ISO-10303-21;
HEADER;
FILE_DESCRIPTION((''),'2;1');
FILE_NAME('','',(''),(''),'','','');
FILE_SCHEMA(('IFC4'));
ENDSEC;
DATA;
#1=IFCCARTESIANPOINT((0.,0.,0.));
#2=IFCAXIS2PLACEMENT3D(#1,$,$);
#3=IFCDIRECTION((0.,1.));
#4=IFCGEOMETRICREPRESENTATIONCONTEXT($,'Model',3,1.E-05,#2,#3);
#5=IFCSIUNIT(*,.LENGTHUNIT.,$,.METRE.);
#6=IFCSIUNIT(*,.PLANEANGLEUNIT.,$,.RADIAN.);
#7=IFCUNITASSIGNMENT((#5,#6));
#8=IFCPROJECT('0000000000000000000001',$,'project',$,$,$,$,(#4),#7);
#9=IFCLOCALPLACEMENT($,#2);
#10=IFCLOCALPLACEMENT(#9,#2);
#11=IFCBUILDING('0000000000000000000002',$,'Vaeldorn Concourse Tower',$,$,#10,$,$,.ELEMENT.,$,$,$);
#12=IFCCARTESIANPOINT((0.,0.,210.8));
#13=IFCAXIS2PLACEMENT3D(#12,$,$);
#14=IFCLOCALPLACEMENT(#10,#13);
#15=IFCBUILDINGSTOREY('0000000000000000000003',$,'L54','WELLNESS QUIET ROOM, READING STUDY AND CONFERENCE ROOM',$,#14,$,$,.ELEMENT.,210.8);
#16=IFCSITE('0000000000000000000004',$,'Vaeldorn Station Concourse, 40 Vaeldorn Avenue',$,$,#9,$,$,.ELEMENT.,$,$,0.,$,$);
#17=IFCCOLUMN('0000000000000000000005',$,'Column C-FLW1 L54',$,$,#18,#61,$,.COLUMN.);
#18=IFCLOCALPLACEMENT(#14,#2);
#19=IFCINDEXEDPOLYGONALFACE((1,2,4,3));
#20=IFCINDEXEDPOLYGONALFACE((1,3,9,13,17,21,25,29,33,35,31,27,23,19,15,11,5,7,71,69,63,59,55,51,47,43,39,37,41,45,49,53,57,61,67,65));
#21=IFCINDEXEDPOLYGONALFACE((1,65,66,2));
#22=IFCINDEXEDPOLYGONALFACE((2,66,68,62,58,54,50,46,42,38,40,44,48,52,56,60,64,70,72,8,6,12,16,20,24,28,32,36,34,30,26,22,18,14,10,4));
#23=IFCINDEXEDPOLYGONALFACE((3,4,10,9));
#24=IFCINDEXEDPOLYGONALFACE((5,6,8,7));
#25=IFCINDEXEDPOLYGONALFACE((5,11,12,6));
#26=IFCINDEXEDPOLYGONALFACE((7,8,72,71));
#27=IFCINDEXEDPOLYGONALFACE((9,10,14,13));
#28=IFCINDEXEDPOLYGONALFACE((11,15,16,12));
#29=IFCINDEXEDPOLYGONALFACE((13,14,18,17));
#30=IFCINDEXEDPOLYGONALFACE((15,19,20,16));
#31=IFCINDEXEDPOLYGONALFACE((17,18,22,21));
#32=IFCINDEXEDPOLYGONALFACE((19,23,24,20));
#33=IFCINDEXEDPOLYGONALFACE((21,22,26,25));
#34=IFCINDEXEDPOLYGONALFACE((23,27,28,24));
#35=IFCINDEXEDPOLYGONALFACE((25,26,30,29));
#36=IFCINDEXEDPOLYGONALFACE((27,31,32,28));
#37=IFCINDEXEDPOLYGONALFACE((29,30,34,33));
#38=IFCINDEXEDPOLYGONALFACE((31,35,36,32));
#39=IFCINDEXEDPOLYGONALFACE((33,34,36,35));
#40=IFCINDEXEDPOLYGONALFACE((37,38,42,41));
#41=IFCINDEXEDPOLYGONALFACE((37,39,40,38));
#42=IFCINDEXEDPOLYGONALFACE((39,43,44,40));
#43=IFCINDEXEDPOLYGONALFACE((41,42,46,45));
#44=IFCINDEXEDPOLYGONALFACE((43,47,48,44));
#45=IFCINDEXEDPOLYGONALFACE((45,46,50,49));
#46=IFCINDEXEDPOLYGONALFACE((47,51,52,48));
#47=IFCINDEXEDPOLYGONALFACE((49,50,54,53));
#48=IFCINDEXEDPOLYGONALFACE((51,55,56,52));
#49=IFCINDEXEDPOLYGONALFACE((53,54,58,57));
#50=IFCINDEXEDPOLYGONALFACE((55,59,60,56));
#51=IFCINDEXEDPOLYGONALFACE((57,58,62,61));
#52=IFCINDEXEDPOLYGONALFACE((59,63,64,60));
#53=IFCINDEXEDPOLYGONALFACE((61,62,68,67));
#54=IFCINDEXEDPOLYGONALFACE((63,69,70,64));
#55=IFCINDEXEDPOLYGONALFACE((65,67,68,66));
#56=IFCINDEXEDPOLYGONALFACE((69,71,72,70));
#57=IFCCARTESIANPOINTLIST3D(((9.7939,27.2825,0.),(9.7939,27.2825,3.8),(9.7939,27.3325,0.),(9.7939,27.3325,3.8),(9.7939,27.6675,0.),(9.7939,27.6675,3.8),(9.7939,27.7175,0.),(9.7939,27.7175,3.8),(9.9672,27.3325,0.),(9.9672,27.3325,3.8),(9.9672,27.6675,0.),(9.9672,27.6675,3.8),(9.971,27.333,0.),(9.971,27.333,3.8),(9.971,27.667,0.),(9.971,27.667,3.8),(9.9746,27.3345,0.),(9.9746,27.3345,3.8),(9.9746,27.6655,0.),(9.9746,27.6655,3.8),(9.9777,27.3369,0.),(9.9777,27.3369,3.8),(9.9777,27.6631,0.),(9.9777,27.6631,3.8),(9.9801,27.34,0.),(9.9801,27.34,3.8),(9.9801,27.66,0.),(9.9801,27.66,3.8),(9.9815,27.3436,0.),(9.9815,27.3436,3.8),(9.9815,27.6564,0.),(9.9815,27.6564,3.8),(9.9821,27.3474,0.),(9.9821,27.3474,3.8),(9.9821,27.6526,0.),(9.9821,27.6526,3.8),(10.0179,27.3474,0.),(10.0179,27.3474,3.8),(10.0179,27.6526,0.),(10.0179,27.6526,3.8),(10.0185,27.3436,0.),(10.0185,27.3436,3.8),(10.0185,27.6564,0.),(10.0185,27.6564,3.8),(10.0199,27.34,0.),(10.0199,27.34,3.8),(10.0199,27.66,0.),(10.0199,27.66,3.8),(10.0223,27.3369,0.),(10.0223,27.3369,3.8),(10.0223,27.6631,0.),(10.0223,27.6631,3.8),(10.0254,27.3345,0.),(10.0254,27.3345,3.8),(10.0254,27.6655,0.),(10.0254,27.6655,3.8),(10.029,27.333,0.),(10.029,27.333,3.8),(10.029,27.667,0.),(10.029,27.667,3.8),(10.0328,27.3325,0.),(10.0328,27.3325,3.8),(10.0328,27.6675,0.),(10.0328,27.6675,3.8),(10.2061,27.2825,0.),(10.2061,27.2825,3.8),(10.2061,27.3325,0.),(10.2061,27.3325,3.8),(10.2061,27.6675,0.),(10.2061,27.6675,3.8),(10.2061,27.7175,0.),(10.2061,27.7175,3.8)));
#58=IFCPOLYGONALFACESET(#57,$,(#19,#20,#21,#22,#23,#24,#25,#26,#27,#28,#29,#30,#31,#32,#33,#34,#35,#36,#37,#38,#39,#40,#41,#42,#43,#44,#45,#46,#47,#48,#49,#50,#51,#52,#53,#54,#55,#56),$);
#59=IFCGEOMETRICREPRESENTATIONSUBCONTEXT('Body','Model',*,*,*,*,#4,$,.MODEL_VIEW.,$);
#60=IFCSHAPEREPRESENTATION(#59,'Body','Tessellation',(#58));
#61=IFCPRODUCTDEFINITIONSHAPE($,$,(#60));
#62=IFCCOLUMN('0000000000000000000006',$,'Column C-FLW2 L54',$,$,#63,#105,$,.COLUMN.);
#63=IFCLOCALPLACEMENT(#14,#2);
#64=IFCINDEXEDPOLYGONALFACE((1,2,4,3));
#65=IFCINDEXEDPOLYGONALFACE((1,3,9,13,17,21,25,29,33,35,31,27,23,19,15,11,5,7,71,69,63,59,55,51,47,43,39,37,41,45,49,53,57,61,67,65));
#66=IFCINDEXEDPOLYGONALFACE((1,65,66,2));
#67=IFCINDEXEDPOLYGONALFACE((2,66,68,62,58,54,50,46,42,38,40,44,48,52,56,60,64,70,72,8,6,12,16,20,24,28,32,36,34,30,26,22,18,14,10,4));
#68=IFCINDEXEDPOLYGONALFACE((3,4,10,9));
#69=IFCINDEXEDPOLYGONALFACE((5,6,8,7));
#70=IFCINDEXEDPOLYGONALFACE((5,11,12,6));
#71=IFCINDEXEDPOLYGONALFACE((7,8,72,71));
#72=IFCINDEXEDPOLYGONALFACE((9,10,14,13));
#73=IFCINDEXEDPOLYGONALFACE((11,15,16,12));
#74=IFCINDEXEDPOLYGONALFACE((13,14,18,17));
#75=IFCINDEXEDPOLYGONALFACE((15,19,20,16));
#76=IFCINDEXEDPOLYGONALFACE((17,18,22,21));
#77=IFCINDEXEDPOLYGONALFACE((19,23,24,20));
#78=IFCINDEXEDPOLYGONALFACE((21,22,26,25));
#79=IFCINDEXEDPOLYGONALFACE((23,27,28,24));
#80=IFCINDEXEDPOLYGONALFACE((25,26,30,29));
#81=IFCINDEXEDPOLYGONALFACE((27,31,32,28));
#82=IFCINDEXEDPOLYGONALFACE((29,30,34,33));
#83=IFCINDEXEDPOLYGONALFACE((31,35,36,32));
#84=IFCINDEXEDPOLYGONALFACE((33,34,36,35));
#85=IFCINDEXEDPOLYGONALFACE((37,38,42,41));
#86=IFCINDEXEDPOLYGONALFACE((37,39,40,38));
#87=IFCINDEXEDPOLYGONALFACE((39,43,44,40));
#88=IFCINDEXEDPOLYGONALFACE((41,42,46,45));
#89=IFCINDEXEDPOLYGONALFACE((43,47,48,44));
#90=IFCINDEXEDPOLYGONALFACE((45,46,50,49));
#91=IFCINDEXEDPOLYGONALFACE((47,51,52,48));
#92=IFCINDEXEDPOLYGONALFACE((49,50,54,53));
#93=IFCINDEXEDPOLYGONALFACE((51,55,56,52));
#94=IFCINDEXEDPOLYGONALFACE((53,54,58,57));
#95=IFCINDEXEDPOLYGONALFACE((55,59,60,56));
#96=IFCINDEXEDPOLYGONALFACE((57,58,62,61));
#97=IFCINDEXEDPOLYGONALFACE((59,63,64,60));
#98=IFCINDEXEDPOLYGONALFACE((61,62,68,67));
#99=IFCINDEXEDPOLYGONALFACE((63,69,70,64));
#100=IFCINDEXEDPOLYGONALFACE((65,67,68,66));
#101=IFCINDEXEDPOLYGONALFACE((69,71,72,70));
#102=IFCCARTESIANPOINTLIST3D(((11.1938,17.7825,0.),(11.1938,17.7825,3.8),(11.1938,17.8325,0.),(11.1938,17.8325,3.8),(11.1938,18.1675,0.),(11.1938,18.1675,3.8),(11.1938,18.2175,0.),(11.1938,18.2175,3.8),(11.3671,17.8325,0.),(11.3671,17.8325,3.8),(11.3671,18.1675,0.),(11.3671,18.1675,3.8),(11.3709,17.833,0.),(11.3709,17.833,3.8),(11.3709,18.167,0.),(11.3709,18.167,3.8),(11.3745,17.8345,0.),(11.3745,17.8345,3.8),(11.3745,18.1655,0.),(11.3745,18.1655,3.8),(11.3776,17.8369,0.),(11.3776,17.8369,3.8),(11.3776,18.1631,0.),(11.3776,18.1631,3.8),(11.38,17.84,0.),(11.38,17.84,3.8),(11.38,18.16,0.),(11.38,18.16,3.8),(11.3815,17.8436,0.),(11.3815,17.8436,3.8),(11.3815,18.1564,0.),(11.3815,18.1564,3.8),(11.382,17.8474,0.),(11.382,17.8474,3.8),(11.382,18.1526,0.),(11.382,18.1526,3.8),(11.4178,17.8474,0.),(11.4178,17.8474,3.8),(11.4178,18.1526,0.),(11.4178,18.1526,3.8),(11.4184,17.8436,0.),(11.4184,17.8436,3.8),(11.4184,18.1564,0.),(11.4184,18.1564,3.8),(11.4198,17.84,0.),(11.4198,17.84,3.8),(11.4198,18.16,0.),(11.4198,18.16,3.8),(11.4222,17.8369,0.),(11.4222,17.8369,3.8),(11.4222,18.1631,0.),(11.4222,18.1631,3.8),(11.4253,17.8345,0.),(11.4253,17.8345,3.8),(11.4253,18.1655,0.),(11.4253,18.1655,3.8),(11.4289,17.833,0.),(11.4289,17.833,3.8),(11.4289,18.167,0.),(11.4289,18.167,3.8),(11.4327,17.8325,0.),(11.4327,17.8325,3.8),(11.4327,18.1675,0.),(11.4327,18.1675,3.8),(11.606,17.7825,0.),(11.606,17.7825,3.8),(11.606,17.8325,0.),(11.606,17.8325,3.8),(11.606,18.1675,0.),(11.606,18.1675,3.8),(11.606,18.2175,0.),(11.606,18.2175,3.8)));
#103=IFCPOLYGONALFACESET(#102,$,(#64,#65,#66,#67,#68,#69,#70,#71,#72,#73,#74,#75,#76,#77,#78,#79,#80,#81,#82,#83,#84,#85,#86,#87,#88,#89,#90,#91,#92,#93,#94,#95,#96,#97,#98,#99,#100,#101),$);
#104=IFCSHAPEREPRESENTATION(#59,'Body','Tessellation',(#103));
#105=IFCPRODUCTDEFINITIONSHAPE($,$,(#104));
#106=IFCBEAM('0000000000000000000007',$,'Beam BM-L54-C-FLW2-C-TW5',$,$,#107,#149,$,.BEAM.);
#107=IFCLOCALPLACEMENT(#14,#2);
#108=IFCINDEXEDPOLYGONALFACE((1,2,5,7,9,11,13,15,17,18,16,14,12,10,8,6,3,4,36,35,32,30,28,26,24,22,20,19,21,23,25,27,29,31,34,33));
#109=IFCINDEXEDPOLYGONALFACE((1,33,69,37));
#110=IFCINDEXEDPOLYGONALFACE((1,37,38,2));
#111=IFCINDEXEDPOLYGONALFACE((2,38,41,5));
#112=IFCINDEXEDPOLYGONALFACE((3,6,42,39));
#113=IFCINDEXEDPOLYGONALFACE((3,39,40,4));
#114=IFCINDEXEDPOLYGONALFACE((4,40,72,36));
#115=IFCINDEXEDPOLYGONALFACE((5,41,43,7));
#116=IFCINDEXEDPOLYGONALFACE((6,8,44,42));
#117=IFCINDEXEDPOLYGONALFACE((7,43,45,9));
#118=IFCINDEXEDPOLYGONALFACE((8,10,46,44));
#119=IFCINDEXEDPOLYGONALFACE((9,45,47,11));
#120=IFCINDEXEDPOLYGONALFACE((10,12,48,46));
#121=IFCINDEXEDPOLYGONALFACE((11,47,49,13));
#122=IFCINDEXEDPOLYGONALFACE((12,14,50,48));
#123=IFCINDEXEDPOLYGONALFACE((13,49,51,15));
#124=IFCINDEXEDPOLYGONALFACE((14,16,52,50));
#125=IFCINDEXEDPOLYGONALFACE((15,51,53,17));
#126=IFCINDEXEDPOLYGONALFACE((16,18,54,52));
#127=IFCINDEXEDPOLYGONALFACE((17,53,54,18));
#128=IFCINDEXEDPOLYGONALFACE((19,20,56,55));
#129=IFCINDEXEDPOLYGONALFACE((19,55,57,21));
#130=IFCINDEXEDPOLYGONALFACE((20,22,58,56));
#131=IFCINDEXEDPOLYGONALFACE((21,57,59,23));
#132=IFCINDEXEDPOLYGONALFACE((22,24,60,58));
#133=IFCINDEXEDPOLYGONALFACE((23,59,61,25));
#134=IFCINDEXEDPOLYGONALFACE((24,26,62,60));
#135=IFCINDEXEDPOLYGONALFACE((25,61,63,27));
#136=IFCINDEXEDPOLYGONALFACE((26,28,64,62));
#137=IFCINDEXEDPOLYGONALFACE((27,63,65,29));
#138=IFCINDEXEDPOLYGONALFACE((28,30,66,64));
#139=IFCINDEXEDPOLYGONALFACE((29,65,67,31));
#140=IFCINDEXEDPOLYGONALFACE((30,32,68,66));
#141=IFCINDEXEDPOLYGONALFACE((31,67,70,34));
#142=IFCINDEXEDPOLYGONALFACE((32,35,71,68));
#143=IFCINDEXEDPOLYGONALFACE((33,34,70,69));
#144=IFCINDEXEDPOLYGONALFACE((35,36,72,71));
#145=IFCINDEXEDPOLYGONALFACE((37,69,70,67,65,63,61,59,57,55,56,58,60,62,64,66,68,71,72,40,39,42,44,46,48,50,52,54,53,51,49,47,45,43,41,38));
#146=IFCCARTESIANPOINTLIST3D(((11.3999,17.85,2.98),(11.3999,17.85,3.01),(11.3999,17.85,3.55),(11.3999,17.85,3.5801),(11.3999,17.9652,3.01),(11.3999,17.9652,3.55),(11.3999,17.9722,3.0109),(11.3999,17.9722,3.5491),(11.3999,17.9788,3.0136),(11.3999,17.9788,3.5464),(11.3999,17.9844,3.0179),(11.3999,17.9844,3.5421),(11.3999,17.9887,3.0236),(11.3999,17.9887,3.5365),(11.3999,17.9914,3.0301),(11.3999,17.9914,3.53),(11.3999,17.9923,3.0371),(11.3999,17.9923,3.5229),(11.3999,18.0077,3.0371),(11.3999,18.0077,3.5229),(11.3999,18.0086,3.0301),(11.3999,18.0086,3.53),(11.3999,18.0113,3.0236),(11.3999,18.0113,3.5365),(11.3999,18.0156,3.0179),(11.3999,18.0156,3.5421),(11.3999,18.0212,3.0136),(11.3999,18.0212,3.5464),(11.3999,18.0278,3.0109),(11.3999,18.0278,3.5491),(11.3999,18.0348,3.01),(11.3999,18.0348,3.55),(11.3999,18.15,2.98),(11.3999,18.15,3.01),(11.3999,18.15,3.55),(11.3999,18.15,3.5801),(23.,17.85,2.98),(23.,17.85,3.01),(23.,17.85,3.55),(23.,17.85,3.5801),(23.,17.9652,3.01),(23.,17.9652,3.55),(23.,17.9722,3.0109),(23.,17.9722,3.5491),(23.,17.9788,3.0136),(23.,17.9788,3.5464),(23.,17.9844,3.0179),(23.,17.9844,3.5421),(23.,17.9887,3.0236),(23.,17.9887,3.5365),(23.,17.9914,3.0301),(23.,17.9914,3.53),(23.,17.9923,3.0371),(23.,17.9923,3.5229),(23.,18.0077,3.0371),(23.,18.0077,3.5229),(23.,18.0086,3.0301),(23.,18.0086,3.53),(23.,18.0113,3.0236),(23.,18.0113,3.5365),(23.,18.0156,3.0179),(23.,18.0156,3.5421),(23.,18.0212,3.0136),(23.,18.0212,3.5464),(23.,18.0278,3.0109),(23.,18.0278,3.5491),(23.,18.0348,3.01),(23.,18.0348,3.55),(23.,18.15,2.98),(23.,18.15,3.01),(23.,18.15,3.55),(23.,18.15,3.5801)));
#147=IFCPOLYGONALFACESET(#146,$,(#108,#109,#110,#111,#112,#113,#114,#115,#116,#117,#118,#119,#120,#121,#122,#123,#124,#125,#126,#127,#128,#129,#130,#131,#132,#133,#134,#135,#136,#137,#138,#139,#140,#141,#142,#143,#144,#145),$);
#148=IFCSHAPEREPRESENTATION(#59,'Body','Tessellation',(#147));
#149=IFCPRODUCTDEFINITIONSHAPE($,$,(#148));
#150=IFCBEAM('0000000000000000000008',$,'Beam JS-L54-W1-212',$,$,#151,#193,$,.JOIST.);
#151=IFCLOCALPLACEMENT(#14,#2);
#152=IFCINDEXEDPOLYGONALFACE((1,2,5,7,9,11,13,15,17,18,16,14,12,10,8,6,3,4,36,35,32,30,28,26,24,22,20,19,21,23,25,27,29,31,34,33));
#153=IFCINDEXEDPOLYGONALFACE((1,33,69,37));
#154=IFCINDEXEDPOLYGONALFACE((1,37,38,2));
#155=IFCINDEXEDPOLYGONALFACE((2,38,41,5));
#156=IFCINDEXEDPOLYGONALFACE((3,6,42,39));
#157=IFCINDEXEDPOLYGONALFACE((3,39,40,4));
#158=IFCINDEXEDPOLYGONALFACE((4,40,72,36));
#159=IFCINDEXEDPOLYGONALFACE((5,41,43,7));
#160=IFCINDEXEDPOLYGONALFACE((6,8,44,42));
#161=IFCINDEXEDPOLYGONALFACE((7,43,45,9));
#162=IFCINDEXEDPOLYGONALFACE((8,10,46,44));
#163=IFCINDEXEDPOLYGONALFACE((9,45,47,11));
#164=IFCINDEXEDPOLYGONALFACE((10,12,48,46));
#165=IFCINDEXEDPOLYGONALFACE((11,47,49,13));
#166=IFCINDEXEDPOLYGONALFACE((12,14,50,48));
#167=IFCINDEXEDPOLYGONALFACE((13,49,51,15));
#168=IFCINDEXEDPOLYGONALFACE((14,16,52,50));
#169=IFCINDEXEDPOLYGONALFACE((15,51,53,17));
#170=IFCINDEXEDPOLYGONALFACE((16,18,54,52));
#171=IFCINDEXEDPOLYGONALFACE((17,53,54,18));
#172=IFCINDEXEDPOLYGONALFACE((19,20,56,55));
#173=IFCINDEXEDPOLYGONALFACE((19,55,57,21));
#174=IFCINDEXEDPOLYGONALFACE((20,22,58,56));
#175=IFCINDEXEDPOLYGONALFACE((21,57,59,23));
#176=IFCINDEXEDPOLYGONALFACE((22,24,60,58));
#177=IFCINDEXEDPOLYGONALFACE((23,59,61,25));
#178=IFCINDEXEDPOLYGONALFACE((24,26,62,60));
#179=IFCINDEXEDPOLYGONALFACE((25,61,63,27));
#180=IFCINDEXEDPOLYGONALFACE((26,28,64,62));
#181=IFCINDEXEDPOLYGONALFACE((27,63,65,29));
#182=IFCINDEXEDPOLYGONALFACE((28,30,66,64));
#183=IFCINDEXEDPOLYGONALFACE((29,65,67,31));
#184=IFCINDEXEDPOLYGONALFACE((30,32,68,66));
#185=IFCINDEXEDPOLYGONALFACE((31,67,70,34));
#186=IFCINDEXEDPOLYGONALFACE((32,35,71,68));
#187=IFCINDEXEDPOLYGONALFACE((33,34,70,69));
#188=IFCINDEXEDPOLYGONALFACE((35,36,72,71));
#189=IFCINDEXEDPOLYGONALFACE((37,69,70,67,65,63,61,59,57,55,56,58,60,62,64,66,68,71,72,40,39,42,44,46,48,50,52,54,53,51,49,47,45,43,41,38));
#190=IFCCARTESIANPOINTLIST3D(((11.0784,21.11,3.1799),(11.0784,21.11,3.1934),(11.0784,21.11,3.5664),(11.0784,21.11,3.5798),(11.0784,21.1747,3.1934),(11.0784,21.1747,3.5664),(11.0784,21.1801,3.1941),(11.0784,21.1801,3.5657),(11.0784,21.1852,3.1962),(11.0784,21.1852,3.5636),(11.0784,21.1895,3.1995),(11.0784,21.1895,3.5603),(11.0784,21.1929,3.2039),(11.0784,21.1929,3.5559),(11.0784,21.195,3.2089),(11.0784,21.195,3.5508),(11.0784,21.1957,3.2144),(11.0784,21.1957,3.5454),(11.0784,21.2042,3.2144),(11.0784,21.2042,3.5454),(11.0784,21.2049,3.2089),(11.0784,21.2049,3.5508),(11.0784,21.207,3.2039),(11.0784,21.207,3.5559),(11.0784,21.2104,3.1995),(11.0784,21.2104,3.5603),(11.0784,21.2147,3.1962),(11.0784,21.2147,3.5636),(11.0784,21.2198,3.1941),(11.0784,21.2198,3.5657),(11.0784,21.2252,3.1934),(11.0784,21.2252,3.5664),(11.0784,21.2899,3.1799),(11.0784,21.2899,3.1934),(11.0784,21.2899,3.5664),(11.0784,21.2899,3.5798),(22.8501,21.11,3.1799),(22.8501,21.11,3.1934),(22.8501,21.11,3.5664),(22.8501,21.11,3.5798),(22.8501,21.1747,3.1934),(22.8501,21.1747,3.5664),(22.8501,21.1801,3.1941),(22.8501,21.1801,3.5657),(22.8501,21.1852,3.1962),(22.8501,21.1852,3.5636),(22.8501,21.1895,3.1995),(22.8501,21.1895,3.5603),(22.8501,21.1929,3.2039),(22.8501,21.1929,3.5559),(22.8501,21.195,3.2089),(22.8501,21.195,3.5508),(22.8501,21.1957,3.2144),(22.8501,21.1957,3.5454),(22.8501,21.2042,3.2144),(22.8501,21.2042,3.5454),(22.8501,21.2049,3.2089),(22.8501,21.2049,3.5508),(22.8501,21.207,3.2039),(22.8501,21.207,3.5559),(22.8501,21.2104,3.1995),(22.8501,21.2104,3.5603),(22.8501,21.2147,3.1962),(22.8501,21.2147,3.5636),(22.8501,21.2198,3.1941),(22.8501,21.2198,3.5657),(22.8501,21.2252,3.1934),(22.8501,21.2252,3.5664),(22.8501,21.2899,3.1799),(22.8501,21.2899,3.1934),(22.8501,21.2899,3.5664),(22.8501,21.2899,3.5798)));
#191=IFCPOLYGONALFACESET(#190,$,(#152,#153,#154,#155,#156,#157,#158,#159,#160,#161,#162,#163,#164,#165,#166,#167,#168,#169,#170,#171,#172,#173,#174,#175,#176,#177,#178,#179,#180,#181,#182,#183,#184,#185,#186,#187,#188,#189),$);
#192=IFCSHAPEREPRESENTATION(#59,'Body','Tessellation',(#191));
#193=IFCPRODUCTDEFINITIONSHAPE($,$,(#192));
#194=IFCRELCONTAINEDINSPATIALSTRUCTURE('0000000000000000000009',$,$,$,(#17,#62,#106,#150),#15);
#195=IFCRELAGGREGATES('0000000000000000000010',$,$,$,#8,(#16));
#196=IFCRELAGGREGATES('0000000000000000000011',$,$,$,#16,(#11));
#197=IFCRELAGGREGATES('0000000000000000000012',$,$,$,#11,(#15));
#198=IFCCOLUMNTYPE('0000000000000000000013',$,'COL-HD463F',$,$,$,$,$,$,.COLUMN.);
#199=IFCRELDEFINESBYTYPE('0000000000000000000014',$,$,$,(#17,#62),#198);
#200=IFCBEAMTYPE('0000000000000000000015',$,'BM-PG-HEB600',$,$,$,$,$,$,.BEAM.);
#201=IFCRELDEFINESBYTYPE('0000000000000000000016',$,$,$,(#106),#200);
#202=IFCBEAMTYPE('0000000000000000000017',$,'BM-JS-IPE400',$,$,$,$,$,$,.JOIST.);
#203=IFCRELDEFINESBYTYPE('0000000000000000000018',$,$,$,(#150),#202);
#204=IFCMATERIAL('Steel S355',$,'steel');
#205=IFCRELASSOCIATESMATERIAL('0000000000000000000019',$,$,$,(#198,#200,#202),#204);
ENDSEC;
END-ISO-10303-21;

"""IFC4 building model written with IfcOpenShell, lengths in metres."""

from ifc_helpers import new_model, si_unit, direction, frame, origin, origin_2d, place, context, subcontext, project, spatial, i_section, extrude, source, transform, mapped, material, material_profile, profile_set, type_object, element, save


model = new_model("IFC4")

# Units and contexts
model_context = context("Model", 3, precision=1e-05, world=origin(), true_north=direction((0.0, 1.0)))
body_context = subcontext(model_context, "Body", "Model", "MODEL_VIEW")
ifc_project = project(units=[si_unit("LENGTHUNIT", "METRE"), si_unit("PLANEANGLEUNIT", "RADIAN")], contexts=[model_context])

# Site, building, storey
site_placement = place(None, origin())
site = spatial("IfcSite", under=ifc_project, at=site_placement, Name="Vaeldorn Station Concourse, 40 Vaeldorn Avenue", CompositionType="ELEMENT", RefElevation=0.0)
building_placement = place(site_placement, origin())
building = spatial("IfcBuilding", under=site, at=building_placement, Name="Vaeldorn Concourse Tower", CompositionType="ELEMENT")
storey_placement = place(building_placement, frame((0.0, 0.0, 210.8)))
storey = spatial("IfcBuildingStorey", under=building, at=storey_placement, Name="L54", Description="WELLNESS QUIET ROOM, READING STUDY AND CONFERENCE ROOM", CompositionType="ELEMENT", Elevation=210.8)

# Columns
ifc_material_1 = material(Name="Steel S355", Category="steel")
ifc_material_profile_1 = material_profile(ifc_material_1, i_section(OverallWidth=0.4121, OverallDepth=0.4351, WebThickness=0.0359, FlangeThickness=0.05, FilletRadius=0.0149, at=origin_2d()), Name="HD 400x463")
ifc_profile_set_1 = profile_set([ifc_material_profile_1], Name="Steel S355")
column_type = type_object("IfcColumnType", Name="COL-HD463F", PredefinedType="COLUMN", material=ifc_profile_set_1)
shared_shape_1 = source(origin(), body_context, "Body", "SweptSolid", [
    extrude(i_section(OverallWidth=0.4121, OverallDepth=0.4351, WebThickness=0.0359, FlangeThickness=0.05, FilletRadius=0.0149, at=origin_2d()), origin(), (0.0, 0.0, 1.0), 3.8),
])
for number, where, z_axis, x_axis, name in (
    (1, (10.0, 27.5, 0.0), (0.0, 0.0, 1.0), (1.0, 0.0, 0.0), "Column C-FLW1 L54"),
    (2, (11.3999, 18.0, 0.0), (0.0, 0.0, 1.0), (1.0, 0.0, 0.0), "Column C-FLW2 L54"),
):
    element("IfcColumn", number, at=place(storey_placement, frame(where, z_axis=z_axis, x_axis=x_axis)), inside=storey, type_object=column_type, Name=name, PredefinedType="COLUMN", context=body_context, shape_type="MappedRepresentation", body=[
        mapped(shared_shape_1, transform((0.0, 0.0, 0.0), scale=1.0)),
    ])

# Beams
ifc_material_profile_2 = material_profile(ifc_material_1, i_section(OverallWidth=0.3, OverallDepth=0.6001, WebThickness=0.0154, FlangeThickness=0.03, FilletRadius=0.0271, at=origin_2d()), Name="HEB 600")
ifc_profile_set_2 = profile_set([ifc_material_profile_2], Name="Steel S355")
beam_type_1 = type_object("IfcBeamType", Name="BM-PG-HEB600", PredefinedType="BEAM", material=ifc_profile_set_2)
shared_shape_2 = source(origin(), body_context, "Body", "SweptSolid", [
    extrude(i_section(OverallWidth=0.3, OverallDepth=0.6001, WebThickness=0.0154, FlangeThickness=0.03, FilletRadius=0.0271, at=origin_2d()), origin(), (0.0, 0.0, 1.0), 11.6001),
])
beam_1_placement = place(storey_placement, frame((11.3999, 18.0, 3.28), z_axis=(1.0, 0.0, 0.0), x_axis=(0.0, 1.0, 0.0)))
element("IfcBeam", 3, at=beam_1_placement, inside=storey, type_object=beam_type_1, Name="Beam BM-L54-C-FLW2-C-TW5", PredefinedType="BEAM", context=body_context, shape_type="MappedRepresentation", body=[
    mapped(shared_shape_2, transform((0.0, 0.0, 0.0), scale=1.0)),
])
ifc_material_profile_3 = material_profile(ifc_material_1, i_section(OverallWidth=0.1799, OverallDepth=0.3999, WebThickness=0.0085, FlangeThickness=0.0134, FilletRadius=0.021, at=origin_2d()), Name="IPE 400")
ifc_profile_set_3 = profile_set([ifc_material_profile_3], Name="Steel S355")
beam_type_2 = type_object("IfcBeamType", Name="BM-JS-IPE400", PredefinedType="JOIST", material=ifc_profile_set_3)
shared_shape_3 = source(origin(), body_context, "Body", "SweptSolid", [
    extrude(i_section(OverallWidth=0.1799, OverallDepth=0.3999, WebThickness=0.0085, FlangeThickness=0.0134, FilletRadius=0.021, at=origin_2d()), origin(), (0.0, 0.0, 1.0), 11.7717),
])
beam_2_placement = place(storey_placement, frame((11.0784, 21.2, 3.3799), z_axis=(1.0, 0.0, 0.0), x_axis=(0.0, 1.0, 0.0)))
element("IfcBeam", 4, at=beam_2_placement, inside=storey, type_object=beam_type_2, Name="Beam JS-L54-W1-212", PredefinedType="JOIST", context=body_context, shape_type="MappedRepresentation", body=[
    mapped(shared_shape_3, transform((0.0, 0.0, 0.0), scale=1.0)),
])

save(model, "model.ifc")
